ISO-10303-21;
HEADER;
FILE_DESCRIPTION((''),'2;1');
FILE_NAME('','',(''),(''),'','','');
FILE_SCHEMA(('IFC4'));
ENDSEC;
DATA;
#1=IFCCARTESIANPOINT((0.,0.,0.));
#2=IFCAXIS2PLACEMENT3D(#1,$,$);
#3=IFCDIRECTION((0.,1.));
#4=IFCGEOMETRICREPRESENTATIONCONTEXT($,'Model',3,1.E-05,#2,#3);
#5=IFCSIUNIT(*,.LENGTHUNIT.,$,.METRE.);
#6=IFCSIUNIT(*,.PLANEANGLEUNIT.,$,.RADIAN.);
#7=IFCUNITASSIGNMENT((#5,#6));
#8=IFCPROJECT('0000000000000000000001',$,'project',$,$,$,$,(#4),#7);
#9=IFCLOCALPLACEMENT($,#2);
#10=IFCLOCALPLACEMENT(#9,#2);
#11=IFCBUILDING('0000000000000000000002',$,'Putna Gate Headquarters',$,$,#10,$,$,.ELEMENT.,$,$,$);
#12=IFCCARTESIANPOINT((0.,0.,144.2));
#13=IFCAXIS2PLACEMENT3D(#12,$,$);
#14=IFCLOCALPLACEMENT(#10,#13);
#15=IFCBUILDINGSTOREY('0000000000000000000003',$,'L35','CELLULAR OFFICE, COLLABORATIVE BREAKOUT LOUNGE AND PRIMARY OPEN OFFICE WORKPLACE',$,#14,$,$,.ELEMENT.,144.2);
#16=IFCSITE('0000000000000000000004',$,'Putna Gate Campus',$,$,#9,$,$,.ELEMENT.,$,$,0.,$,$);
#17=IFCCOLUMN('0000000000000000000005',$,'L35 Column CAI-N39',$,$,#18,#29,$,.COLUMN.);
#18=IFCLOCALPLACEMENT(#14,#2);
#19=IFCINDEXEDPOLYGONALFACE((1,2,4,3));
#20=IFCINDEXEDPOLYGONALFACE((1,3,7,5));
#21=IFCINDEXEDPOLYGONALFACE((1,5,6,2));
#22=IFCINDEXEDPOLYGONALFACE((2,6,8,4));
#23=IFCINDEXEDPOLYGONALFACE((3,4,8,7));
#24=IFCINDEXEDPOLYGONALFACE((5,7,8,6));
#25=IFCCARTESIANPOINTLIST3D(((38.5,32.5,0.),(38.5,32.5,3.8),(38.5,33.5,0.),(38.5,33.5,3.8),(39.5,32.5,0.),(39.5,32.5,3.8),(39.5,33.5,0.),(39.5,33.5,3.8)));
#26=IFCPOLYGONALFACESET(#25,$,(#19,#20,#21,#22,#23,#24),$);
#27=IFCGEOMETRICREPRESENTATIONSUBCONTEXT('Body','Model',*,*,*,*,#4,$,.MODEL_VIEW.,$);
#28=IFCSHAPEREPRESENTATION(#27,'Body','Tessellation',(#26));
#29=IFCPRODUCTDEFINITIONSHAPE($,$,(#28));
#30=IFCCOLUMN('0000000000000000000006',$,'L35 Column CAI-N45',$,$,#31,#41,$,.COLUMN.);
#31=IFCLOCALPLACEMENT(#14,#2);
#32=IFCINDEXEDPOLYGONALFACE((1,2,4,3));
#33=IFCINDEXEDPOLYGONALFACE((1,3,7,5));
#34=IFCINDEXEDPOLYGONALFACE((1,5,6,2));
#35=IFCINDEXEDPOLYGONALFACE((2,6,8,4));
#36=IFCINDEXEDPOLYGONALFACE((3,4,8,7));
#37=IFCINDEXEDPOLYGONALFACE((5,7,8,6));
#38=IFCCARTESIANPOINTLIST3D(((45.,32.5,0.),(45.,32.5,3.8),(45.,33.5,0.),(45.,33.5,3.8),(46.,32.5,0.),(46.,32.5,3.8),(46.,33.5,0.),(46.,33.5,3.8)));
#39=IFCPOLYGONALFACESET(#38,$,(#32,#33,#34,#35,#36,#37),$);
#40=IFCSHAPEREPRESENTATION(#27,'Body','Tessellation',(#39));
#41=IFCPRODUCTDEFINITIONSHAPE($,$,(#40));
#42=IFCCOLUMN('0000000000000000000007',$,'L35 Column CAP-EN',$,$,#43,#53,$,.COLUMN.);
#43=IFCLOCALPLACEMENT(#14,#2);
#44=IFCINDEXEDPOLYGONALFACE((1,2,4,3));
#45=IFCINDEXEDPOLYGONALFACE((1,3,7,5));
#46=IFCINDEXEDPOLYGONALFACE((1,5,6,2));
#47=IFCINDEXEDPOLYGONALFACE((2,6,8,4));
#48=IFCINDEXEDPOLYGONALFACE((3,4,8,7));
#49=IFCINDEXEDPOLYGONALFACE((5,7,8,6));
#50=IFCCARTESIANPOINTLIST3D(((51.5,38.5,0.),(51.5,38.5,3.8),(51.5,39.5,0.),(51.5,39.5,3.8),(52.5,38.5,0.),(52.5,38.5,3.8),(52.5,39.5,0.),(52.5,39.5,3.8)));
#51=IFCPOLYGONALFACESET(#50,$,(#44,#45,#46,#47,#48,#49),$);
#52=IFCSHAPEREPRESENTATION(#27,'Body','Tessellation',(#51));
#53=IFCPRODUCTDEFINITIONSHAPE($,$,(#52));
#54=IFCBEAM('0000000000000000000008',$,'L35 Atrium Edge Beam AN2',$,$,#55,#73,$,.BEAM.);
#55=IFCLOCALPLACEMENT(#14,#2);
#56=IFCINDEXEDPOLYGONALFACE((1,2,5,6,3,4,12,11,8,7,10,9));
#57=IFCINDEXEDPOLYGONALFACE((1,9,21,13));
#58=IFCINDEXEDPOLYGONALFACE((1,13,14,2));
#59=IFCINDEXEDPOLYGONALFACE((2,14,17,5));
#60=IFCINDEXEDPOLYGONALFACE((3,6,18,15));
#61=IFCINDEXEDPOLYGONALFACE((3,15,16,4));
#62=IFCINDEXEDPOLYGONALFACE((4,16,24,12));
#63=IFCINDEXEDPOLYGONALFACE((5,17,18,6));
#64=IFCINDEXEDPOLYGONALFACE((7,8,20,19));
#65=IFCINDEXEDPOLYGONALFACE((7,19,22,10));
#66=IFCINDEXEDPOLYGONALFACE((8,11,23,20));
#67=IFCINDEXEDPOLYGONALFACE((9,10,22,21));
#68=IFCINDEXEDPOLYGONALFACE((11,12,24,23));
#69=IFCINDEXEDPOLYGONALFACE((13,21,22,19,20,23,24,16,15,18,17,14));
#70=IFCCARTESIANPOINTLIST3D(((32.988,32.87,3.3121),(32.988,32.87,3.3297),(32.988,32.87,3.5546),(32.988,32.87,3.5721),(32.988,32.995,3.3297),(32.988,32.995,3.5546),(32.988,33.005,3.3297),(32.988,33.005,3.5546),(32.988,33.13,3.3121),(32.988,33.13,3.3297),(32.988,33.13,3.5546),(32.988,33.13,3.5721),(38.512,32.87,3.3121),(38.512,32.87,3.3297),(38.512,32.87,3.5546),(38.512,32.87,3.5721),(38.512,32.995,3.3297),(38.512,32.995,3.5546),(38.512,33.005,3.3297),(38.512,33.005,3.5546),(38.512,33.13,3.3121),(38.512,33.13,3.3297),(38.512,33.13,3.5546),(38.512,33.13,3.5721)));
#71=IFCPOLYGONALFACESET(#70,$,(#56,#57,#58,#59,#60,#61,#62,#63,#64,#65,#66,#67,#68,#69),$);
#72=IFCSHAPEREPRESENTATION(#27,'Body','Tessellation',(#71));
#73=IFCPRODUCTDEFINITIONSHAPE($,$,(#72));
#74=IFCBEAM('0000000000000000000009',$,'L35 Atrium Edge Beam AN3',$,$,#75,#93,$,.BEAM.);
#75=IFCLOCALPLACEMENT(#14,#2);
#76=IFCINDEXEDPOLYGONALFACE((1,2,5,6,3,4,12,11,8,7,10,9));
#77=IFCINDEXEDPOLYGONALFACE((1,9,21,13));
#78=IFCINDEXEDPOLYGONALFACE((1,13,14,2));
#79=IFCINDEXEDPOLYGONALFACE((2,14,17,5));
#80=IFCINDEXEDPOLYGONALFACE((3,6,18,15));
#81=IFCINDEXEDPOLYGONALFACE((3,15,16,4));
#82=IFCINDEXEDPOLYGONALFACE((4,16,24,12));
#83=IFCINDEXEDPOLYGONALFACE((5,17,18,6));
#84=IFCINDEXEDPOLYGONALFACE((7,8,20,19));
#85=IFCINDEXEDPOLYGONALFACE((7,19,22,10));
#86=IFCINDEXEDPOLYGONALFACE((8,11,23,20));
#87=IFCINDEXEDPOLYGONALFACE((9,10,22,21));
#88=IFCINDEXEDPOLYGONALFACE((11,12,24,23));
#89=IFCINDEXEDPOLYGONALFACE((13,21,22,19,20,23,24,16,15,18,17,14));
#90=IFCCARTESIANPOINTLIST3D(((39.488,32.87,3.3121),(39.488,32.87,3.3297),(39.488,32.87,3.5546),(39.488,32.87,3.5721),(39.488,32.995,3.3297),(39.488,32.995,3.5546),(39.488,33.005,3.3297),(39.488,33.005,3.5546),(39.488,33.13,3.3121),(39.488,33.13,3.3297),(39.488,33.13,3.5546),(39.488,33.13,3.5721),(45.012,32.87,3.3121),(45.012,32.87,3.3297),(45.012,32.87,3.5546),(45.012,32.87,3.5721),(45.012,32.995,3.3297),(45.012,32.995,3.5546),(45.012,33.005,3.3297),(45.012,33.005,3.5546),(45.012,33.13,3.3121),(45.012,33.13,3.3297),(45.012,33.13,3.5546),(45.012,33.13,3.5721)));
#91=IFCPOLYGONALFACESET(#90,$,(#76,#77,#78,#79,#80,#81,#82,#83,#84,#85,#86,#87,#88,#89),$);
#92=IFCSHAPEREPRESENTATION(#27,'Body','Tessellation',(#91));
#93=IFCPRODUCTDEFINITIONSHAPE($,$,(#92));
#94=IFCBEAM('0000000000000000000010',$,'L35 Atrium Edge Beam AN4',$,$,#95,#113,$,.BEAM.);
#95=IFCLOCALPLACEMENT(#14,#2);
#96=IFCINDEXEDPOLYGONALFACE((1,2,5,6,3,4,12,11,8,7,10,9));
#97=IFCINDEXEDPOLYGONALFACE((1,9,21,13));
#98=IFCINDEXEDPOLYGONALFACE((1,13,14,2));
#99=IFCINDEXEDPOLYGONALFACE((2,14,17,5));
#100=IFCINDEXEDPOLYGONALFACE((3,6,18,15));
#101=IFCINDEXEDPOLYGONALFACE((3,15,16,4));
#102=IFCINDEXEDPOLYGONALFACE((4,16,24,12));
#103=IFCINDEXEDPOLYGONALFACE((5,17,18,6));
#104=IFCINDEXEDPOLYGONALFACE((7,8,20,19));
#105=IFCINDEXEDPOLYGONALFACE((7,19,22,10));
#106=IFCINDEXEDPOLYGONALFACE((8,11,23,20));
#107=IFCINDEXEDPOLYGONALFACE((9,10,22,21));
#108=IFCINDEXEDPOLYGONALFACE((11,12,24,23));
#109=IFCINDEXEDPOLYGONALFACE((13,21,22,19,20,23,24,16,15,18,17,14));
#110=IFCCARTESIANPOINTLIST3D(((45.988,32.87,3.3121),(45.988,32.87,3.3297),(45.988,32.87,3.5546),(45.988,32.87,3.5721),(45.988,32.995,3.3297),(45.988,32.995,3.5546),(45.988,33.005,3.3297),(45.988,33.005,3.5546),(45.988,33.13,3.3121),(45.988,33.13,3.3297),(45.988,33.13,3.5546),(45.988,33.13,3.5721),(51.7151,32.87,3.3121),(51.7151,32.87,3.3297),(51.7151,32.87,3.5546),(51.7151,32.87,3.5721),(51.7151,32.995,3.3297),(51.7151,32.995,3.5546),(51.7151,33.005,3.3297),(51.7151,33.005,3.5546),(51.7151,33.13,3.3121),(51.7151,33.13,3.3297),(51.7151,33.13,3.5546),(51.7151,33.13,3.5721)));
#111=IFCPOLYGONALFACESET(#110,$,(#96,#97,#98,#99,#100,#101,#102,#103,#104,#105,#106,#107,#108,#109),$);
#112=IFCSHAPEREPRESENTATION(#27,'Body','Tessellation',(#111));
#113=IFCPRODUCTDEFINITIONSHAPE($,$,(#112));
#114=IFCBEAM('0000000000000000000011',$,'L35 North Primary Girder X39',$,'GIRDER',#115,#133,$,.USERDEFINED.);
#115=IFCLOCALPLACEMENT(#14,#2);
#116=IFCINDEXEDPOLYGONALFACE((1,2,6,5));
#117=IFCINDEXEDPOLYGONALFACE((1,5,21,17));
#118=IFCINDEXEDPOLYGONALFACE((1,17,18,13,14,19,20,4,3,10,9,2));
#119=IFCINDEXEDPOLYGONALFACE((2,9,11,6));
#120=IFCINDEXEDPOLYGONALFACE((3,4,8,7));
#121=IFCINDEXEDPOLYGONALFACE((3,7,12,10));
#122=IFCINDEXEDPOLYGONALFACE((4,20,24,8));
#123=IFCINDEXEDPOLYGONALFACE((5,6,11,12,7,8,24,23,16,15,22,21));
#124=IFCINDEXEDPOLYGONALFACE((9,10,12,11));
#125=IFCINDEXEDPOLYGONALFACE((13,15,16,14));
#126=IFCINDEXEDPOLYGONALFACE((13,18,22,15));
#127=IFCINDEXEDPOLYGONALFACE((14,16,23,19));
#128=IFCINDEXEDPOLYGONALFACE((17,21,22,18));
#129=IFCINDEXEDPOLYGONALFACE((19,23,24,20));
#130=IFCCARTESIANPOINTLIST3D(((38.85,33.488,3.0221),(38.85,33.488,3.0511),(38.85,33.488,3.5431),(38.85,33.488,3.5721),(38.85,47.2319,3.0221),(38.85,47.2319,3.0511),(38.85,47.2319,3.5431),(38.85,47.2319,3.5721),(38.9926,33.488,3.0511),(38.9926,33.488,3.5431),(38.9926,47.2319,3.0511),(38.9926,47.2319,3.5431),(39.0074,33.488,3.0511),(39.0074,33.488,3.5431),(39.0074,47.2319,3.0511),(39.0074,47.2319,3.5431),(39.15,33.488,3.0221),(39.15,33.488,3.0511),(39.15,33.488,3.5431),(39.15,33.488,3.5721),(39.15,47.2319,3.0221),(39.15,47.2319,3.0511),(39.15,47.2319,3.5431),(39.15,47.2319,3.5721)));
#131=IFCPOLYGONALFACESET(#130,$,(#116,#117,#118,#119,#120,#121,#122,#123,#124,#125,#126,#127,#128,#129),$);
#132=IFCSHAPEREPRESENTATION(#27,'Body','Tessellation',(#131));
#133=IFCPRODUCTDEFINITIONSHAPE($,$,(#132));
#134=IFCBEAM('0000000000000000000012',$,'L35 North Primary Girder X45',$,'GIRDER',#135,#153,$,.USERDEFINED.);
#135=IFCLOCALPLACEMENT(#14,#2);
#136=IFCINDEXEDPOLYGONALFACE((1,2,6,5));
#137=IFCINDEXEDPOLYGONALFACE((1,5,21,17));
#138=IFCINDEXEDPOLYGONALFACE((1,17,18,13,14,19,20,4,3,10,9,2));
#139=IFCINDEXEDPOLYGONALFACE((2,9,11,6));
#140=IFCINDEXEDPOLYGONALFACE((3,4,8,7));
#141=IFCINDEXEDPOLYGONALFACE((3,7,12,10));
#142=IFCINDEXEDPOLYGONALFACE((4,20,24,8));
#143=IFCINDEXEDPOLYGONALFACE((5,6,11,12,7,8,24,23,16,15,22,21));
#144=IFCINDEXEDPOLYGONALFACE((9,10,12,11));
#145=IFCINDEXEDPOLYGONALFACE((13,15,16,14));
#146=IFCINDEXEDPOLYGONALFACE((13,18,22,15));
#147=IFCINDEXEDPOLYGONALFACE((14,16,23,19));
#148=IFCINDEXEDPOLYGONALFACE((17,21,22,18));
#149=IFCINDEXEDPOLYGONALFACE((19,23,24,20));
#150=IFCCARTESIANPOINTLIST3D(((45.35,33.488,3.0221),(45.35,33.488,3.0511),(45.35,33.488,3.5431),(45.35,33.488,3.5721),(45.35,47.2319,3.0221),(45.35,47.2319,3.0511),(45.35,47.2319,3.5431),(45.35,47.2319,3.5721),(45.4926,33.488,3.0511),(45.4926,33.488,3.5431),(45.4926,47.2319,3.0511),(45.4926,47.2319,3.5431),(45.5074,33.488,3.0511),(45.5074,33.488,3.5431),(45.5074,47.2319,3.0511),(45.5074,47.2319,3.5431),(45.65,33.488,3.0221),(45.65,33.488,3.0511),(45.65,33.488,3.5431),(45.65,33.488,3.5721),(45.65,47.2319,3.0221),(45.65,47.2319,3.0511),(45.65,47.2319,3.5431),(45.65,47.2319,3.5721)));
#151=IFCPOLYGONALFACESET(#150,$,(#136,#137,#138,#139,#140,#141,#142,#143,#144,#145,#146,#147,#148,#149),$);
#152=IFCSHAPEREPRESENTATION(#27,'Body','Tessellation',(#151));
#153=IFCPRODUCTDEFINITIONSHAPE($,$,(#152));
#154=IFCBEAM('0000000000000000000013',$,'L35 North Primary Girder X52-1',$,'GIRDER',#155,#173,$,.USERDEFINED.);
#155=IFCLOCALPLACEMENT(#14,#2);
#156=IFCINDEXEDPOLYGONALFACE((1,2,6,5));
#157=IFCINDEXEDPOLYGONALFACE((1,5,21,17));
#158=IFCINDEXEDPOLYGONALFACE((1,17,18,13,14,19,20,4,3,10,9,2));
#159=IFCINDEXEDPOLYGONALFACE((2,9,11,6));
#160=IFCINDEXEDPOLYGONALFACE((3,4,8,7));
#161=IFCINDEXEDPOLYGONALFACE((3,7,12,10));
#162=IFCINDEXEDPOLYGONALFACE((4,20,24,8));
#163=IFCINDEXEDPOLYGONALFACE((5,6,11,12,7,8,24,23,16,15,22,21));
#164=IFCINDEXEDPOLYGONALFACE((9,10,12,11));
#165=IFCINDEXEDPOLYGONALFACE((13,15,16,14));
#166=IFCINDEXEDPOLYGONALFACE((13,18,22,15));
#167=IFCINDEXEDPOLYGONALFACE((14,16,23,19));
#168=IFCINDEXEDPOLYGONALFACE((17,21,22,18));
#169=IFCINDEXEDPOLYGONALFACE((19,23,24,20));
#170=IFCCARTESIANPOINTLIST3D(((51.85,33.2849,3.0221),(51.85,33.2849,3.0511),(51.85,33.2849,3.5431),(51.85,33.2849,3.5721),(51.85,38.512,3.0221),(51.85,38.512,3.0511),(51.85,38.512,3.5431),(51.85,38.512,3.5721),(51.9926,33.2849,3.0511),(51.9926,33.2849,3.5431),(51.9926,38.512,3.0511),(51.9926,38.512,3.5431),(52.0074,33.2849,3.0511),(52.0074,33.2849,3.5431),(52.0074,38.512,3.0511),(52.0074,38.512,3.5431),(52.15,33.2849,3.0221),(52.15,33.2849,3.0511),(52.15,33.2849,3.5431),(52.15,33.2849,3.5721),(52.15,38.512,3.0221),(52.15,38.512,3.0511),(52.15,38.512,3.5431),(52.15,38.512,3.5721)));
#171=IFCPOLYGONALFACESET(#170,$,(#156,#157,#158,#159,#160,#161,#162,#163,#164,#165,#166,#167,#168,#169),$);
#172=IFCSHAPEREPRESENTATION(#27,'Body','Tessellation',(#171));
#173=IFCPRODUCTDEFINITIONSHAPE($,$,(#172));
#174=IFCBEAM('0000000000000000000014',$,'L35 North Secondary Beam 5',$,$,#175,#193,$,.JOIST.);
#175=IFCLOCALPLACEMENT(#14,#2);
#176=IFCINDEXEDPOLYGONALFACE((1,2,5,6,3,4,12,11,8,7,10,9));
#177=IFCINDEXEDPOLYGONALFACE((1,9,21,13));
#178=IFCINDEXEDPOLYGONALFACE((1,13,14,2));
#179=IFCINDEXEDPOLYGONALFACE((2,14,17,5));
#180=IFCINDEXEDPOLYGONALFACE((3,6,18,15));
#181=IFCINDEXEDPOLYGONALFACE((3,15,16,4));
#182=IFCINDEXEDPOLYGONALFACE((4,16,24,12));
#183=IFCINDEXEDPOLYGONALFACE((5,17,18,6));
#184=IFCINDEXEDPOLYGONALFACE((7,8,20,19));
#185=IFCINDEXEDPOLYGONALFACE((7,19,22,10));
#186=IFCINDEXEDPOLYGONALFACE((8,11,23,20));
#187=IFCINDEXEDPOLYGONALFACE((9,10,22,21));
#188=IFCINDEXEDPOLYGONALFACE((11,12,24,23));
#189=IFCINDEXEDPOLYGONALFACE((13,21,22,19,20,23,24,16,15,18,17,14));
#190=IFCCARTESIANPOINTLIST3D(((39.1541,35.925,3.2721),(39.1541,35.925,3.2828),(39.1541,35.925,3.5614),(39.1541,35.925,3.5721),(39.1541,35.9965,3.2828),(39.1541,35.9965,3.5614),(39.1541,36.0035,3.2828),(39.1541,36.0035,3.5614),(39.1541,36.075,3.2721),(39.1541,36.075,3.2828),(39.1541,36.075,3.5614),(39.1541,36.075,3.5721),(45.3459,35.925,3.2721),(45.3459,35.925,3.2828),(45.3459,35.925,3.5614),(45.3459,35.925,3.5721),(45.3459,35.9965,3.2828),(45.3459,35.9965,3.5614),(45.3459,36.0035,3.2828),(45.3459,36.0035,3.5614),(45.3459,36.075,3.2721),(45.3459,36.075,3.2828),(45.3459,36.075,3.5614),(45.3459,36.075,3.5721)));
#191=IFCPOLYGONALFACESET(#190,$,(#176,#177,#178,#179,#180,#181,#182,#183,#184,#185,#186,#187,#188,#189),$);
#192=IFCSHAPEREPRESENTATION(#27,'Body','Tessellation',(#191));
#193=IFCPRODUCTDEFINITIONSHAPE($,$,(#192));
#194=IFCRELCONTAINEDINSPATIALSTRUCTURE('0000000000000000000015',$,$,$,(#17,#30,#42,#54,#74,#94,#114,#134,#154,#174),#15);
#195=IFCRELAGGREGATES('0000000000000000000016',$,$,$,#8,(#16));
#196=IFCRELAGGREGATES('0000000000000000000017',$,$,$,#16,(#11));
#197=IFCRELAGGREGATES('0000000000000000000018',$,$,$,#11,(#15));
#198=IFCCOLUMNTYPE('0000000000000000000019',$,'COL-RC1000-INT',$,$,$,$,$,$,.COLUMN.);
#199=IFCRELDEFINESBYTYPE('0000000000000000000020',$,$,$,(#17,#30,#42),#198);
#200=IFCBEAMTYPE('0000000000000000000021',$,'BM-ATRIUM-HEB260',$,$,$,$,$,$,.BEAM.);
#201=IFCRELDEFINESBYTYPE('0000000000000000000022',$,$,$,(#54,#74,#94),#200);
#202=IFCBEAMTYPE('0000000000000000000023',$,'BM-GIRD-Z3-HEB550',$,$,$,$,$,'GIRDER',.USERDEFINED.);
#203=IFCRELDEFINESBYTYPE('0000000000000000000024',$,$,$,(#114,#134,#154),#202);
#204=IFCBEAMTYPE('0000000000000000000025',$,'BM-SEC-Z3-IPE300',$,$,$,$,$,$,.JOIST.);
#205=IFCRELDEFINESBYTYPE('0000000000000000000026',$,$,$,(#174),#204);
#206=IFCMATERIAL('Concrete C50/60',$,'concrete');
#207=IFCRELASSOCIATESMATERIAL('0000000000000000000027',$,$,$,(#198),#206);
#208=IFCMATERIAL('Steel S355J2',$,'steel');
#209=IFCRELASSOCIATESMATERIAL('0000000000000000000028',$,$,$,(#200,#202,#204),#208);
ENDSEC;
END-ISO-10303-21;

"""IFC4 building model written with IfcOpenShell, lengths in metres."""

from ifc_helpers import new_model, si_unit, direction, frame, origin, origin_2d, place, context, subcontext, project, spatial, rectangle, i_section, extrude, material, material_profile, profile_set, type_object, element, save


model = new_model("IFC4")

# Units and contexts
model_context = context("Model", 3, precision=1e-05, world=origin(), true_north=direction((0.0, 1.0)))
body_context = subcontext(model_context, "Body", "Model", "MODEL_VIEW")
ifc_project = project(units=[si_unit("LENGTHUNIT", "METRE"), si_unit("PLANEANGLEUNIT", "RADIAN")], contexts=[model_context])

# Site, building, storey
site_placement = place(None, origin())
site = spatial("IfcSite", under=ifc_project, at=site_placement, Name="Putna Gate Campus", CompositionType="ELEMENT", RefElevation=0.0)
building_placement = place(site_placement, origin())
building = spatial("IfcBuilding", under=site, at=building_placement, Name="Putna Gate Headquarters", CompositionType="ELEMENT")
storey_placement = place(building_placement, frame((0.0, 0.0, 144.2)))
storey = spatial("IfcBuildingStorey", under=building, at=storey_placement, Name="L35", Description="CELLULAR OFFICE, COLLABORATIVE BREAKOUT LOUNGE AND PRIMARY OPEN OFFICE WORKPLACE", CompositionType="ELEMENT", Elevation=144.2)

# Columns
ifc_material_1 = material(Name="Concrete C50/60", Category="concrete")
ifc_material_profile_1 = material_profile(ifc_material_1, rectangle(XDim=1.0, YDim=1.0, at=origin_2d()), Name="Concrete C50/60")
ifc_profile_set_1 = profile_set([ifc_material_profile_1], Name="Concrete C50/60")
column_type = type_object("IfcColumnType", Name="COL-RC1000-INT", PredefinedType="COLUMN", material=ifc_profile_set_1)
for number, where, z_axis, x_axis, name in (
    (1, (39.0, 33.0, 0.0), (0.0, 0.0, 1.0), (1.0, 0.0, 0.0), "L35 Column CAI-N39"),
    (2, (45.5, 33.0, 0.0), (0.0, 0.0, 1.0), (1.0, 0.0, 0.0), "L35 Column CAI-N45"),
    (3, (52.0, 39.0, 0.0), (0.0, 0.0, 1.0), (1.0, 0.0, 0.0), "L35 Column CAP-EN"),
):
    element("IfcColumn", number, at=place(storey_placement, frame(where, z_axis=z_axis, x_axis=x_axis)), inside=storey, type_object=column_type, Name=name, PredefinedType="COLUMN", context=body_context, shape_type="SweptSolid", body=[
        extrude(rectangle(XDim=1.0, YDim=1.0, at=origin_2d()), origin(), (0.0, 0.0, 1.0), 3.8),
    ])

# Beams
ifc_material_2 = material(Name="Steel S355J2", Category="steel")
ifc_material_profile_2 = material_profile(ifc_material_2, i_section(OverallWidth=0.26, OverallDepth=0.26, WebThickness=0.01, FlangeThickness=0.0176, at=origin_2d()), Name="Steel S355J2")
ifc_profile_set_2 = profile_set([ifc_material_profile_2], Name="Steel S355J2")
beam_type_1 = type_object("IfcBeamType", Name="BM-ATRIUM-HEB260", PredefinedType="BEAM", material=ifc_profile_set_2)
for number, where, z_axis, x_axis, name in (
    (4, (32.988, 33.0, 3.4421), (1.0, 0.0, 0.0), (0.0, 1.0, 0.0), "L35 Atrium Edge Beam AN2"),
    (5, (39.488, 33.0, 3.4421), (1.0, 0.0, 0.0), (0.0, 1.0, 0.0), "L35 Atrium Edge Beam AN3"),
):
    element("IfcBeam", number, at=place(storey_placement, frame(where, z_axis=z_axis, x_axis=x_axis)), inside=storey, type_object=beam_type_1, Name=name, PredefinedType="BEAM", context=body_context, shape_type="SweptSolid", body=[
        extrude(i_section(OverallWidth=0.26, OverallDepth=0.26, WebThickness=0.01, FlangeThickness=0.0176, at=origin_2d()), origin(), (0.0, 0.0, 1.0), 5.5239),
    ])
beam_1_placement = place(storey_placement, frame((45.988, 33.0, 3.4421), z_axis=(1.0, 0.0, 0.0), x_axis=(0.0, 1.0, 0.0)))
element("IfcBeam", 6, at=beam_1_placement, inside=storey, type_object=beam_type_1, Name="L35 Atrium Edge Beam AN4", PredefinedType="BEAM", context=body_context, shape_type="SweptSolid", body=[
    extrude(i_section(OverallWidth=0.26, OverallDepth=0.26, WebThickness=0.01, FlangeThickness=0.0176, at=origin_2d()), origin(), (0.0, 0.0, 1.0), 5.7271),
])
ifc_material_profile_3 = material_profile(ifc_material_2, i_section(OverallWidth=0.3, OverallDepth=0.55, WebThickness=0.0149, FlangeThickness=0.0291, at=origin_2d()), Name="Steel S355J2")
ifc_profile_set_3 = profile_set([ifc_material_profile_3], Name="Steel S355J2")
beam_type_2 = type_object("IfcBeamType", Name="BM-GIRD-Z3-HEB550", ElementType="GIRDER", PredefinedType="USERDEFINED", material=ifc_profile_set_3)
for number, where, z_axis, x_axis, name in (
    (7, (39.0, 33.488, 3.2971), (0.0, 1.0, 0.0), (-1.0, 0.0, 0.0), "L35 North Primary Girder X39"),
    (8, (45.5, 33.488, 3.2971), (0.0, 1.0, 0.0), (-1.0, 0.0, 0.0), "L35 North Primary Girder X45"),
):
    element("IfcBeam", number, at=place(storey_placement, frame(where, z_axis=z_axis, x_axis=x_axis)), inside=storey, type_object=beam_type_2, Name=name, ObjectType="GIRDER", PredefinedType="USERDEFINED", context=body_context, shape_type="SweptSolid", body=[
        extrude(i_section(OverallWidth=0.3, OverallDepth=0.55, WebThickness=0.0149, FlangeThickness=0.0291, at=origin_2d()), origin(), (0.0, 0.0, 1.0), 13.7439),
    ])
beam_2_placement = place(storey_placement, frame((52.0, 33.2849, 3.2971), z_axis=(0.0, 1.0, 0.0), x_axis=(-1.0, 0.0, 0.0)))
element("IfcBeam", 9, at=beam_2_placement, inside=storey, type_object=beam_type_2, Name="L35 North Primary Girder X52-1", ObjectType="GIRDER", PredefinedType="USERDEFINED", context=body_context, shape_type="SweptSolid", body=[
    extrude(i_section(OverallWidth=0.3, OverallDepth=0.55, WebThickness=0.0149, FlangeThickness=0.0291, at=origin_2d()), origin(), (0.0, 0.0, 1.0), 5.2271),
])
ifc_material_profile_4 = material_profile(ifc_material_2, i_section(OverallWidth=0.1499, OverallDepth=0.3, WebThickness=0.0071, FlangeThickness=0.0107, at=origin_2d()), Name="Steel S355J2")
ifc_profile_set_4 = profile_set([ifc_material_profile_4], Name="Steel S355J2")
beam_type_3 = type_object("IfcBeamType", Name="BM-SEC-Z3-IPE300", PredefinedType="JOIST", material=ifc_profile_set_4)
for number, where, z_axis, x_axis, name in (
    (10, (39.1541, 36.0, 3.4221), (1.0, 0.0, 0.0), (0.0, 1.0, 0.0), "L35 North Secondary Beam 5"),
):
    element("IfcBeam", number, at=place(storey_placement, frame(where, z_axis=z_axis, x_axis=x_axis)), inside=storey, type_object=beam_type_3, Name=name, PredefinedType="JOIST", context=body_context, shape_type="SweptSolid", body=[
        extrude(i_section(OverallWidth=0.1499, OverallDepth=0.3, WebThickness=0.0071, FlangeThickness=0.0107, at=origin_2d()), origin(), (0.0, 0.0, 1.0), 6.1919),
    ])

save(model, "model.ifc")
